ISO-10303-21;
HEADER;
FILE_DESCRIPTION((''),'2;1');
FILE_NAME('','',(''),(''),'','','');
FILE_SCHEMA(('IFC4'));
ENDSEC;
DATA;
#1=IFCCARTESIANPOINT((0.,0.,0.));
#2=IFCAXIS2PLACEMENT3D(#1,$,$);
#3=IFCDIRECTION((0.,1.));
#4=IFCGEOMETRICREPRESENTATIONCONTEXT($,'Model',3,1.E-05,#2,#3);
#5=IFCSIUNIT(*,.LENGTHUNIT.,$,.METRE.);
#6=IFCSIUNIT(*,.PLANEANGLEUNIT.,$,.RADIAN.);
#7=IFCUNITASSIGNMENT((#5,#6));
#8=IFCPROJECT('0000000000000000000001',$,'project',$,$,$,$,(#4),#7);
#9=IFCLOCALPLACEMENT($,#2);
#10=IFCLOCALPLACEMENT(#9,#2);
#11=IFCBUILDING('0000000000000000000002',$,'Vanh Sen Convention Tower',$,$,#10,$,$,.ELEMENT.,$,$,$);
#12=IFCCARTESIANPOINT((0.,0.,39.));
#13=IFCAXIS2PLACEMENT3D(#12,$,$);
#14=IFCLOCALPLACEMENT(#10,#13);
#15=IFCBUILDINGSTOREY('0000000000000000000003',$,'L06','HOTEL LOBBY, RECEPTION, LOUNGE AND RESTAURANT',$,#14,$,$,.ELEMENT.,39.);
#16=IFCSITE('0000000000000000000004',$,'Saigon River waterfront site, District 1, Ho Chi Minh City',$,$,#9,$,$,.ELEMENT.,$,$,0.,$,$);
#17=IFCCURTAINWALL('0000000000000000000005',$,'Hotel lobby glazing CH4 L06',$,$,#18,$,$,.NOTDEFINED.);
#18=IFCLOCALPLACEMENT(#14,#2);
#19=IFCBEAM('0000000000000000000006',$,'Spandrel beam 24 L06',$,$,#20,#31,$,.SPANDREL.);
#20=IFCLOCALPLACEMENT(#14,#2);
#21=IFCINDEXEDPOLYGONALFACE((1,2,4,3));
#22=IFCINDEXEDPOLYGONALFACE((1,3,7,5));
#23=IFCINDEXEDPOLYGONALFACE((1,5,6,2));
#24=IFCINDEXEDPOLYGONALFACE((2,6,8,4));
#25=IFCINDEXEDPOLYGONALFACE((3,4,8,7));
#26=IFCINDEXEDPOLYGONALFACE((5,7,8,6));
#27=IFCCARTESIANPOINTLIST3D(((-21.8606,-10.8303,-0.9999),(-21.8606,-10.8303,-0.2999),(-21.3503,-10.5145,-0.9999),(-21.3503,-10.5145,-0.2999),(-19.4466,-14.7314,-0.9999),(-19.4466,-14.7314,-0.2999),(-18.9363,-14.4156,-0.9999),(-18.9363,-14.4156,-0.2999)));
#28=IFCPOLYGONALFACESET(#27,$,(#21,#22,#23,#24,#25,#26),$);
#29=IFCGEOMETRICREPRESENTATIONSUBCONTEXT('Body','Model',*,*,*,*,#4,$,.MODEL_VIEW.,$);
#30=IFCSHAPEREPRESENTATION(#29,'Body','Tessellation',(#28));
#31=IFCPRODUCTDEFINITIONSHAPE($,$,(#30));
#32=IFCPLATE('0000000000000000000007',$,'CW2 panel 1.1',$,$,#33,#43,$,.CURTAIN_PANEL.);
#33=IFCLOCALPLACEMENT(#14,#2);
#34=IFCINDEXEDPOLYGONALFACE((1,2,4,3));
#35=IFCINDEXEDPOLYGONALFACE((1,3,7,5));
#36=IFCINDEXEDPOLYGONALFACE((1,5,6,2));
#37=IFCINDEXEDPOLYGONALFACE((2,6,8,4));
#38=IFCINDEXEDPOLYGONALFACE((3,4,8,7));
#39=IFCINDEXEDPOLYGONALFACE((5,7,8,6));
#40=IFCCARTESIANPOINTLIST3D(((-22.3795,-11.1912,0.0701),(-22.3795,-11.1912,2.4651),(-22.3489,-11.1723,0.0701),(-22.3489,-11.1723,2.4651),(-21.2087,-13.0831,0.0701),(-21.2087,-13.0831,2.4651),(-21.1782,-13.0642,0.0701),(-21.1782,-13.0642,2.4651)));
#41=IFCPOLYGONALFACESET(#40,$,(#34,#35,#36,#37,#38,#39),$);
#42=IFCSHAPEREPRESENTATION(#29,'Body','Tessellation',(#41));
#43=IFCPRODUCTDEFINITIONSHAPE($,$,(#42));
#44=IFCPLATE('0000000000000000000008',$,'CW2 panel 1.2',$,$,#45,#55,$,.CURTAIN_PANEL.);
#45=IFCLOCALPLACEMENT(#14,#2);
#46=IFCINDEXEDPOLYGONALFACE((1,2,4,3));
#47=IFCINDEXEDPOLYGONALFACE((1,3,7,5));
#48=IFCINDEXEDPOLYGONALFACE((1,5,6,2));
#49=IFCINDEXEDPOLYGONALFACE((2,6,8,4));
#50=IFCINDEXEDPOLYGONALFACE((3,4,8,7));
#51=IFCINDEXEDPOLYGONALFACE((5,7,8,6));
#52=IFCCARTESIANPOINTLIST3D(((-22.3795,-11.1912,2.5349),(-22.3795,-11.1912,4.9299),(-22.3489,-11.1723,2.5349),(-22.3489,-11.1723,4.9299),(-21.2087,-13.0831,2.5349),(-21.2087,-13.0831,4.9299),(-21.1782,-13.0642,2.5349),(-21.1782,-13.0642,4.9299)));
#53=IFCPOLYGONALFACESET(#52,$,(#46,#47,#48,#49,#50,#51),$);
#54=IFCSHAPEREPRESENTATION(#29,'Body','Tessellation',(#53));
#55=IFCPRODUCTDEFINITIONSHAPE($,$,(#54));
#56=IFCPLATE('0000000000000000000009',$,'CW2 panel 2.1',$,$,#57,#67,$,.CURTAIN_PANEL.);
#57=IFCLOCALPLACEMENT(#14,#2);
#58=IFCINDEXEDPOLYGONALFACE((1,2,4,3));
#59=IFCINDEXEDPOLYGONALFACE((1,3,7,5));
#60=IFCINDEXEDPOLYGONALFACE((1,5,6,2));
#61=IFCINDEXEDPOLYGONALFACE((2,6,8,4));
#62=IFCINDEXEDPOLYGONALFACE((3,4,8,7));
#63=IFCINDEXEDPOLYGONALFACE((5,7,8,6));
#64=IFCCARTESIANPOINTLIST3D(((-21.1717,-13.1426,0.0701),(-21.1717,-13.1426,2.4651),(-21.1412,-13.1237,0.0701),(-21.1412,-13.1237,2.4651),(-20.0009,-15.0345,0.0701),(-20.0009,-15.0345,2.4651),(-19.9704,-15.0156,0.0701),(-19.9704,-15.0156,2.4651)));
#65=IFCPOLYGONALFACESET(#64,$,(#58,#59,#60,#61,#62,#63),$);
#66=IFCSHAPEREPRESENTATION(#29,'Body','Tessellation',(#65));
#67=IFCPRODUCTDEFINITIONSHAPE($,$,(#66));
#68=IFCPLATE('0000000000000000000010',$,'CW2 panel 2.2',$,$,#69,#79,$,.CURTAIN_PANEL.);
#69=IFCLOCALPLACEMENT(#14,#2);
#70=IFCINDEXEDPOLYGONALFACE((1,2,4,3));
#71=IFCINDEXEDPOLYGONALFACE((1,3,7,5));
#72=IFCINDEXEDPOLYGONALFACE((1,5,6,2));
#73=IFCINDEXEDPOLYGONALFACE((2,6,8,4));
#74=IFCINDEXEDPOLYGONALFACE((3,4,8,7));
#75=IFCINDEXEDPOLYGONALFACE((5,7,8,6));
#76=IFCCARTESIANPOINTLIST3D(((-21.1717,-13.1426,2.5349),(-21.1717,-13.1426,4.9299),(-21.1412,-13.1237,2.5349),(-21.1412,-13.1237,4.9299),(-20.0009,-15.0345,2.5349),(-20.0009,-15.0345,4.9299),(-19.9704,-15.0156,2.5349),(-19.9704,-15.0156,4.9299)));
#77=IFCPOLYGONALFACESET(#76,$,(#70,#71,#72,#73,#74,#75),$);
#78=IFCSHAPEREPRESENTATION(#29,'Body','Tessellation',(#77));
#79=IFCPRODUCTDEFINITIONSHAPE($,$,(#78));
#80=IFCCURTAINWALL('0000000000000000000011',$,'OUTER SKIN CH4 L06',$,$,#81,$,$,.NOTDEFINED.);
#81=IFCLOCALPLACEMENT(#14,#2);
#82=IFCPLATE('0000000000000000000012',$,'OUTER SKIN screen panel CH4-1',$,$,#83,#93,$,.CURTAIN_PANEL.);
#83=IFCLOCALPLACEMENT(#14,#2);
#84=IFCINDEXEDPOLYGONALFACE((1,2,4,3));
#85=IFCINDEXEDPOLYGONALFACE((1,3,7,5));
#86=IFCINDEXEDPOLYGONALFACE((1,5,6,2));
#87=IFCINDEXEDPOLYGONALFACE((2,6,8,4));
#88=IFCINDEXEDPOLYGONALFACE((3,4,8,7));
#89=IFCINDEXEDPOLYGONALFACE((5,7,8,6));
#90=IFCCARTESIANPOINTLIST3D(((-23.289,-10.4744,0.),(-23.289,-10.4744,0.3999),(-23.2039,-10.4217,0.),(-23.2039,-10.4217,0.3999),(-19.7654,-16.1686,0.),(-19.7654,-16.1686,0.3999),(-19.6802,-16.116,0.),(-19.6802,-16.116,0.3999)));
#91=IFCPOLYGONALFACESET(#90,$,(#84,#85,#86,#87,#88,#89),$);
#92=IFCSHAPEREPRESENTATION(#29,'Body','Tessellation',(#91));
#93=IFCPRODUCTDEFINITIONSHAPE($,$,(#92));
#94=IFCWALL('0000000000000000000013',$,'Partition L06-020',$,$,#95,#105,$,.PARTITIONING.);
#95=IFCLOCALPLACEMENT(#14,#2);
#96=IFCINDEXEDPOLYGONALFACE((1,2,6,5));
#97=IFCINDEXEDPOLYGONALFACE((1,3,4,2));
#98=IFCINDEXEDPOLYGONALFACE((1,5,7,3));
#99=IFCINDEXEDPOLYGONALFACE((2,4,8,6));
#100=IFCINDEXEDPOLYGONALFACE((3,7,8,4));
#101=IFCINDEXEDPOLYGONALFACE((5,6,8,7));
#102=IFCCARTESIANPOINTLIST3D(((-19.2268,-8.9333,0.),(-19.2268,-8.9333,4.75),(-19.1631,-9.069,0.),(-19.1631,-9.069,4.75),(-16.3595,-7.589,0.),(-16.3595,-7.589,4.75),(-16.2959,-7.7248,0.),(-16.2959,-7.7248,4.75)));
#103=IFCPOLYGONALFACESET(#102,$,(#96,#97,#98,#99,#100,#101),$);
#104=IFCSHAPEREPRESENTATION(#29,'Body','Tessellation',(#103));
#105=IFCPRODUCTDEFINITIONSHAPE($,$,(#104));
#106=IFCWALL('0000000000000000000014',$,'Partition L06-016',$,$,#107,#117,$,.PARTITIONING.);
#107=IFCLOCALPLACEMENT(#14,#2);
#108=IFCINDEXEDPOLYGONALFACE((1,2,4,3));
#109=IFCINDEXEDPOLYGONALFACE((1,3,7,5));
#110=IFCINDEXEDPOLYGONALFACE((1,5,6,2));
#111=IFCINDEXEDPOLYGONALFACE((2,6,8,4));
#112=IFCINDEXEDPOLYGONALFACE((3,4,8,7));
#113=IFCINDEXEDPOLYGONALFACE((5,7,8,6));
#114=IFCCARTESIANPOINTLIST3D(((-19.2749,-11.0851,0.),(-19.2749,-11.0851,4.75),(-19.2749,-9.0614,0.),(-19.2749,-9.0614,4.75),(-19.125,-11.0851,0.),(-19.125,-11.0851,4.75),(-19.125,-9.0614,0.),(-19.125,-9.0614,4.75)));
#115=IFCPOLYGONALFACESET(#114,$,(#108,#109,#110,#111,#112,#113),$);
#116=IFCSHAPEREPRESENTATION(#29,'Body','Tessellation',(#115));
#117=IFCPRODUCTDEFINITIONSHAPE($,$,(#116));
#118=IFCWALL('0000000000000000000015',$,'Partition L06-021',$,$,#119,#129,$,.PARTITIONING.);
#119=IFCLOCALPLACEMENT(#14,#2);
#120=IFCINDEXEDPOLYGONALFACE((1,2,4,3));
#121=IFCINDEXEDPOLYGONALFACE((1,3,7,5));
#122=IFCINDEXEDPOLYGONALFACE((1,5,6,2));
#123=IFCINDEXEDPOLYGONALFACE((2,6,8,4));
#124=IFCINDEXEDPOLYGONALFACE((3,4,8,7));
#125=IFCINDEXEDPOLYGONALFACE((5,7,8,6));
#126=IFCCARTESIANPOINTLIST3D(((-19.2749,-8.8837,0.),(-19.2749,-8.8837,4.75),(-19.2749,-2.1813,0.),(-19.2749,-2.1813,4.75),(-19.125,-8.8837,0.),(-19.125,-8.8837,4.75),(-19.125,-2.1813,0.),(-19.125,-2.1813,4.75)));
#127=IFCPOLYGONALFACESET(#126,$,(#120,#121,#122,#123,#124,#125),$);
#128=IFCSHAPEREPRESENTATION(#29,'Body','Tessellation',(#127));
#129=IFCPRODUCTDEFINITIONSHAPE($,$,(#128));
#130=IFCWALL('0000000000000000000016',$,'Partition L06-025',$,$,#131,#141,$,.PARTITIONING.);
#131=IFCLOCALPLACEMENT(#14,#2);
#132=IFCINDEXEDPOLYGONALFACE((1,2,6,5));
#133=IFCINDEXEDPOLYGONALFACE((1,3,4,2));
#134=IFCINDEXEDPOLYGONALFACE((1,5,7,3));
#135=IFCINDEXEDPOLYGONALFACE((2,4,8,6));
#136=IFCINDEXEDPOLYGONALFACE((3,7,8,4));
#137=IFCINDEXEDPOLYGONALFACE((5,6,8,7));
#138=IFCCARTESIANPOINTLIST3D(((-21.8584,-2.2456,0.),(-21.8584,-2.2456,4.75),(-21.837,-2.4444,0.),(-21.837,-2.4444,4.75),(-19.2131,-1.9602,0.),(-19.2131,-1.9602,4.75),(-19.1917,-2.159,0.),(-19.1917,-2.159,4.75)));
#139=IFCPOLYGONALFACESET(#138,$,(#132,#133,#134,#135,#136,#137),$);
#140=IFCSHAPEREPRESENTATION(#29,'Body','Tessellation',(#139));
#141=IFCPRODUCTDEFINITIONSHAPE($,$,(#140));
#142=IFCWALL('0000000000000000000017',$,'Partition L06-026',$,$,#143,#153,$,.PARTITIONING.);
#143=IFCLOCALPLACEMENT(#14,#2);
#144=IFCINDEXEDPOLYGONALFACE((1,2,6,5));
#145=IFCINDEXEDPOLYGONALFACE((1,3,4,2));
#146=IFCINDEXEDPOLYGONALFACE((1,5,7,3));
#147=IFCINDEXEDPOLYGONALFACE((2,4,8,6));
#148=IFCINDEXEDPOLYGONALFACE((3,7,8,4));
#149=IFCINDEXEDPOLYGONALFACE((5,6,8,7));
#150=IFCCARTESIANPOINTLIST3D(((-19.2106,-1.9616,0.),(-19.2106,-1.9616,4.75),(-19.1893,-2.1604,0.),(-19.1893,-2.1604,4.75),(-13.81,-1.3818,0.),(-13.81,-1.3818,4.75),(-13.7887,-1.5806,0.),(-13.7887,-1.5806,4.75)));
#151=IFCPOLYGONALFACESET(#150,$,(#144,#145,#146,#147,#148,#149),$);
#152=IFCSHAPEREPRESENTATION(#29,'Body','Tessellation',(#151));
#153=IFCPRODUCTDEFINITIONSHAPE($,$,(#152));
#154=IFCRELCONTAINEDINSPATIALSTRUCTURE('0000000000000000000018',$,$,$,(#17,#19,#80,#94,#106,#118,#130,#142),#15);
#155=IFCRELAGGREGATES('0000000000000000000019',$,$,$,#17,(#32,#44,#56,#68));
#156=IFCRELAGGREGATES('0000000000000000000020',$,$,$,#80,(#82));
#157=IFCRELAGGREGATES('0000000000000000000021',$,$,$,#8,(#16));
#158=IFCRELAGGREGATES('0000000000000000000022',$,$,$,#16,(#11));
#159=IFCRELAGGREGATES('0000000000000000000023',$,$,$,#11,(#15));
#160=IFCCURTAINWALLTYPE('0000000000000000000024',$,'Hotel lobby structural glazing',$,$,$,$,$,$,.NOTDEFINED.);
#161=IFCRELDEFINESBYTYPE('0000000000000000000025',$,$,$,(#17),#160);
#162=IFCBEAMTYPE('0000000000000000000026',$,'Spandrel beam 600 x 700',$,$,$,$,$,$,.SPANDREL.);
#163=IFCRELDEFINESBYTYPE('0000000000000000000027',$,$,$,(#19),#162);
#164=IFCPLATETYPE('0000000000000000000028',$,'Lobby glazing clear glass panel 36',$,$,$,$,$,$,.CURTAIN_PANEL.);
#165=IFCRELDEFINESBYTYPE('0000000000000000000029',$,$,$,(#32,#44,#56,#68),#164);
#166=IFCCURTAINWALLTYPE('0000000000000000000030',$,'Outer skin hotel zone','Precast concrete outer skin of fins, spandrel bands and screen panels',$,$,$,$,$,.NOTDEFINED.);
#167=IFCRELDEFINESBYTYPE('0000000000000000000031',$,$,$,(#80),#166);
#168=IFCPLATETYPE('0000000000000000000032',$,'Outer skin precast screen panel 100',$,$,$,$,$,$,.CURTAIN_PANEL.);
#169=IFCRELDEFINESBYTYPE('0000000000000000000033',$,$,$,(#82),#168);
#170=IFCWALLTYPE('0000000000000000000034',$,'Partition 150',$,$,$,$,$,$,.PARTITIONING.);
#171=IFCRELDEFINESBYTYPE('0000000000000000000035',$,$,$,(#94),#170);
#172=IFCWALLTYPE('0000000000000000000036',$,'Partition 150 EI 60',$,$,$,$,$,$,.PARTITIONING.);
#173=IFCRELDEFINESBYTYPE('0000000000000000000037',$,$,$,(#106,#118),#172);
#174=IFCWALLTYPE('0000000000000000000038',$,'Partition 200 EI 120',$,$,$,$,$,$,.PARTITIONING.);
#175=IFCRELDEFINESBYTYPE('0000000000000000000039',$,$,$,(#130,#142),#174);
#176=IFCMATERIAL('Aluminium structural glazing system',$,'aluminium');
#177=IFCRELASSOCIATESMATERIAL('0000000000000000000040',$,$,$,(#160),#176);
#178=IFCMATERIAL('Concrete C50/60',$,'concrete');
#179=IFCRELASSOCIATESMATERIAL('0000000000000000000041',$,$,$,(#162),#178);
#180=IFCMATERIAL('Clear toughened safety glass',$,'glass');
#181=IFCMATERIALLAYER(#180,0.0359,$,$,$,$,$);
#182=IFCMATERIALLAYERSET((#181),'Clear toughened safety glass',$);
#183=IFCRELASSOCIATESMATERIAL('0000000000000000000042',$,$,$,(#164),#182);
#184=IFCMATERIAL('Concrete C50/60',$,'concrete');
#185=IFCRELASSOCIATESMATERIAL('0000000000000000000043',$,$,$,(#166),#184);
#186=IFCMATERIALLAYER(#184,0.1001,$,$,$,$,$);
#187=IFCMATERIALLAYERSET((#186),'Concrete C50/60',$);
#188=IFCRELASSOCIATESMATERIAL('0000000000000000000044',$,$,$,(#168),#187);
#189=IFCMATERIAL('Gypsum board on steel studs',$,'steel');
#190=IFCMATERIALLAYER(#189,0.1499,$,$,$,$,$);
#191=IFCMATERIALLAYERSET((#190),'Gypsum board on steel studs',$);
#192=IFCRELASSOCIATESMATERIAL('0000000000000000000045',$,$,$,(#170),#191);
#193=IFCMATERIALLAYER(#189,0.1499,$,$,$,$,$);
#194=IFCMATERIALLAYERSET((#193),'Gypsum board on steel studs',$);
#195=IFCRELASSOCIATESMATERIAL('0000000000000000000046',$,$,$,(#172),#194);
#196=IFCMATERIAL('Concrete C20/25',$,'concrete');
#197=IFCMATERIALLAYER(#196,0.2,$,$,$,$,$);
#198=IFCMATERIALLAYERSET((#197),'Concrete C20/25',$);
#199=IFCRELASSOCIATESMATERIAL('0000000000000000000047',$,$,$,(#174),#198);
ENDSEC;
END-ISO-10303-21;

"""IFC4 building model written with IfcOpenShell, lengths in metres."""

from ifc_helpers import new_model, si_unit, direction, frame, frame_2d, origin, origin_2d, place, context, subcontext, project, spatial, rectangle, extrude, material, layer, layer_set, material_profile, profile_set, type_object, element, aggregate, save


model = new_model("IFC4")

# Units and contexts
model_context = context("Model", 3, precision=1e-05, world=origin(), true_north=direction((0.0, 1.0)))
body_context = subcontext(model_context, "Body", "Model", "MODEL_VIEW")
ifc_project = project(units=[si_unit("LENGTHUNIT", "METRE"), si_unit("PLANEANGLEUNIT", "RADIAN")], contexts=[model_context])

# Site, building, storey
site_placement = place(None, origin())
site = spatial("IfcSite", under=ifc_project, at=site_placement, Name="Saigon River waterfront site, District 1, Ho Chi Minh City", CompositionType="ELEMENT", RefElevation=0.0)
building_placement = place(site_placement, origin())
building = spatial("IfcBuilding", under=site, at=building_placement, Name="Vanh Sen Convention Tower", CompositionType="ELEMENT")
storey_placement = place(building_placement, frame((0.0, 0.0, 39.0)))
storey = spatial("IfcBuildingStorey", under=building, at=storey_placement, Name="L06", Description="HOTEL LOBBY, RECEPTION, LOUNGE AND RESTAURANT", CompositionType="ELEMENT", Elevation=39.0)

# Curtain wall
ifc_material_1 = material(Name="Aluminium structural glazing system", Category="aluminium")
curtain_wall_type_1 = type_object("IfcCurtainWallType", Name="Hotel lobby structural glazing", PredefinedType="NOTDEFINED", material=ifc_material_1)
curtain_wall_1_placement = place(storey_placement, origin())
curtain_wall_1 = element("IfcCurtainWall", 1, at=curtain_wall_1_placement, inside=storey, type_object=curtain_wall_type_1, Name="Hotel lobby glazing CH4 L06", PredefinedType="NOTDEFINED")

# Beam
ifc_material_2 = material(Name="Concrete C50/60", Category="concrete")
ifc_material_profile_1 = material_profile(ifc_material_2, rectangle(XDim=0.6001, YDim=0.7, at=origin_2d()), Name="RC 600X700")
ifc_profile_set_1 = profile_set([ifc_material_profile_1], Name="Concrete C50/60")
beam_type_1 = type_object("IfcBeamType", Name="Spandrel beam 600 x 700", PredefinedType="SPANDREL", material=ifc_profile_set_1)
beam_1_placement = place(storey_placement, frame((-21.6055, -10.6724, -0.6499), z_axis=(0.52621, -0.850355, 0.0), x_axis=(0.850355, 0.52621, 0.0)))
element("IfcBeam", 2, at=beam_1_placement, inside=storey, type_object=beam_type_1, Name="Spandrel beam 24 L06", PredefinedType="SPANDREL", context=body_context, shape_type="SweptSolid", body=[
    extrude(rectangle(XDim=0.6001, YDim=0.7, at=origin_2d()), origin(), (0.0, 0.0, 1.0), 4.5876),
])

# Plates
ifc_material_3 = material(Name="Clear toughened safety glass", Category="glass")
ifc_layer_1 = layer(ifc_material_3, 0.0359)
ifc_layer_set_1 = layer_set([ifc_layer_1], Name="Clear toughened safety glass")
plate_type_1 = type_object("IfcPlateType", Name="Lobby glazing clear glass panel 36", PredefinedType="CURTAIN_PANEL", material=ifc_layer_set_1)
plate_1_placement = place(storey_placement, frame((-21.7788, -12.1277, 0.0701), z_axis=(0.0, 0.0, 1.0), x_axis=(0.526222, -0.850347, 0.0)))
plate_1 = element("IfcPlate", 3, at=plate_1_placement, type_object=plate_type_1, Name="CW2 panel 1.1", PredefinedType="CURTAIN_PANEL", context=body_context, shape_type="SweptSolid", body=[
    extrude(rectangle(XDim=2.2249, YDim=0.0359, at=origin_2d()), origin(), (0.0, 0.0, 1.0), 2.395),
])
plate_2_placement = place(storey_placement, frame((-21.7788, -12.1277, 2.5349), z_axis=(0.0, 0.0, 1.0), x_axis=(0.526222, -0.850347, 0.0)))
plate_2 = element("IfcPlate", 4, at=plate_2_placement, type_object=plate_type_1, Name="CW2 panel 1.2", PredefinedType="CURTAIN_PANEL", context=body_context, shape_type="SweptSolid", body=[
    extrude(rectangle(XDim=2.2249, YDim=0.0359, at=origin_2d()), origin(), (0.0, 0.0, 1.0), 2.395),
])
plate_3_placement = place(storey_placement, frame((-20.571, -14.0791, 0.0701), z_axis=(0.0, 0.0, 1.0), x_axis=(0.526222, -0.850347, 0.0)))
plate_3 = element("IfcPlate", 5, at=plate_3_placement, type_object=plate_type_1, Name="CW2 panel 2.1", PredefinedType="CURTAIN_PANEL", context=body_context, shape_type="SweptSolid", body=[
    extrude(rectangle(XDim=2.2249, YDim=0.0359, at=origin_2d()), origin(), (0.0, 0.0, 1.0), 2.395),
])
plate_4_placement = place(storey_placement, frame((-20.571, -14.0791, 2.5349), z_axis=(0.0, 0.0, 1.0), x_axis=(0.526222, -0.850347, 0.0)))
plate_4 = element("IfcPlate", 6, at=plate_4_placement, type_object=plate_type_1, Name="CW2 panel 2.2", PredefinedType="CURTAIN_PANEL", context=body_context, shape_type="SweptSolid", body=[
    extrude(rectangle(XDim=2.2249, YDim=0.0359, at=origin_2d()), origin(), (0.0, 0.0, 1.0), 2.395),
])
aggregate(curtain_wall_1, [plate_1, plate_2, plate_3, plate_4])

# Curtain wall, plate
ifc_material_4 = material(Name="Concrete C50/60", Category="concrete")
curtain_wall_type_2 = type_object("IfcCurtainWallType", Name="Outer skin hotel zone", Description="Precast concrete outer skin of fins, spandrel bands and screen panels", PredefinedType="NOTDEFINED", material=ifc_material_4)
curtain_wall_2_placement = place(storey_placement, origin())
curtain_wall_2 = element("IfcCurtainWall", 7, at=curtain_wall_2_placement, inside=storey, type_object=curtain_wall_type_2, Name="OUTER SKIN CH4 L06", PredefinedType="NOTDEFINED")
ifc_layer_2 = layer(ifc_material_4, 0.1001)
ifc_layer_set_2 = layer_set([ifc_layer_2], Name="Concrete C50/60")
plate_type_2 = type_object("IfcPlateType", Name="Outer skin precast screen panel 100", PredefinedType="CURTAIN_PANEL", material=ifc_layer_set_2)
plate_5_placement = place(storey_placement, frame((-21.4846, -13.2952, 0.0), z_axis=(0.0, 0.0, 1.0), x_axis=(0.526205, -0.850358, 0.0)))
plate_5 = element("IfcPlate", 8, at=plate_5_placement, type_object=plate_type_2, Name="OUTER SKIN screen panel CH4-1", PredefinedType="CURTAIN_PANEL", context=body_context, shape_type="SweptSolid", body=[
    extrude(rectangle(XDim=6.6963, YDim=0.1001, at=origin_2d()), origin(), (0.0, 0.0, 1.0), 0.3999),
])
aggregate(curtain_wall_2, [plate_5])

# Walls
ifc_material_5 = material(Name="Gypsum board on steel studs", Category="steel")
ifc_layer_3 = layer(ifc_material_5, 0.1499)
ifc_layer_set_3 = layer_set([ifc_layer_3], Name="Gypsum board on steel studs")
wall_type_1 = type_object("IfcWallType", Name="Partition 150", PredefinedType="PARTITIONING", material=ifc_layer_set_3)
wall_1_placement = place(storey_placement, frame((-19.1951, -9.0012, 0.0), z_axis=(0.0, 0.0, 1.0), x_axis=(0.905429, 0.424497, 0.0)))
element("IfcWall", 9, at=wall_1_placement, inside=storey, type_object=wall_type_1, Name="Partition L06-020", PredefinedType="PARTITIONING", context=body_context, shape_type="SweptSolid", body=[
    extrude(rectangle(XDim=3.1667, YDim=0.1499, at=frame_2d((1.5835, 0.0))), origin(), (0.0, 0.0, 1.0), 4.75),
])
ifc_layer_4 = layer(ifc_material_5, 0.1499)
ifc_layer_set_4 = layer_set([ifc_layer_4], Name="Gypsum board on steel studs")
wall_type_2 = type_object("IfcWallType", Name="Partition 150 EI 60", PredefinedType="PARTITIONING", material=ifc_layer_set_4)
wall_2_placement = place(storey_placement, frame((-19.2, -11.085, 0.0), z_axis=(0.0, 0.0, 1.0), x_axis=(0.0, 1.0, 0.0)))
element("IfcWall", 10, at=wall_2_placement, inside=storey, type_object=wall_type_2, Name="Partition L06-016", PredefinedType="PARTITIONING", context=body_context, shape_type="SweptSolid", body=[
    extrude(rectangle(XDim=2.0237, YDim=0.1499, at=frame_2d((1.0117, 0.0))), origin(), (0.0, 0.0, 1.0), 4.75),
])
wall_3_placement = place(storey_placement, frame((-19.2, -8.8835, 0.0), z_axis=(0.0, 0.0, 1.0), x_axis=(0.0, 1.0, 0.0)))
element("IfcWall", 11, at=wall_3_placement, inside=storey, type_object=wall_type_2, Name="Partition L06-021", PredefinedType="PARTITIONING", context=body_context, shape_type="SweptSolid", body=[
    extrude(rectangle(XDim=6.7024, YDim=0.1499, at=frame_2d((3.3511, 0.0))), origin(), (0.0, 0.0, 1.0), 4.75),
])
ifc_material_6 = material(Name="Concrete C20/25", Category="concrete")
ifc_layer_5 = layer(ifc_material_6, 0.2)
ifc_layer_set_5 = layer_set([ifc_layer_5], Name="Concrete C20/25")
wall_type_3 = type_object("IfcWallType", Name="Partition 200 EI 120", PredefinedType="PARTITIONING", material=ifc_layer_set_5)
wall_4_placement = place(storey_placement, frame((-19.2024, -2.0596, 0.0), z_axis=(0.0, 0.0, 1.0), x_axis=(-0.99423, -0.107269, 0.0)))
element("IfcWall", 12, at=wall_4_placement, inside=storey, type_object=wall_type_3, Name="Partition L06-025", PredefinedType="PARTITIONING", context=body_context, shape_type="SweptSolid", body=[
    extrude(rectangle(XDim=2.6606, YDim=0.2, at=frame_2d((1.3303, 0.0))), origin(), (0.0, 0.0, 1.0), 4.75),
])
wall_5_placement = place(storey_placement, frame((-19.2, -2.061, 0.0), z_axis=(0.0, 0.0, 1.0), x_axis=(0.994286, 0.106751, 0.0)))
element("IfcWall", 13, at=wall_5_placement, inside=storey, type_object=wall_type_3, Name="Partition L06-026", PredefinedType="PARTITIONING", context=body_context, shape_type="SweptSolid", body=[
    extrude(rectangle(XDim=5.4316, YDim=0.2, at=frame_2d((2.7158, 0.0))), origin(), (0.0, 0.0, 1.0), 4.75),
])

save(model, "model.ifc")
